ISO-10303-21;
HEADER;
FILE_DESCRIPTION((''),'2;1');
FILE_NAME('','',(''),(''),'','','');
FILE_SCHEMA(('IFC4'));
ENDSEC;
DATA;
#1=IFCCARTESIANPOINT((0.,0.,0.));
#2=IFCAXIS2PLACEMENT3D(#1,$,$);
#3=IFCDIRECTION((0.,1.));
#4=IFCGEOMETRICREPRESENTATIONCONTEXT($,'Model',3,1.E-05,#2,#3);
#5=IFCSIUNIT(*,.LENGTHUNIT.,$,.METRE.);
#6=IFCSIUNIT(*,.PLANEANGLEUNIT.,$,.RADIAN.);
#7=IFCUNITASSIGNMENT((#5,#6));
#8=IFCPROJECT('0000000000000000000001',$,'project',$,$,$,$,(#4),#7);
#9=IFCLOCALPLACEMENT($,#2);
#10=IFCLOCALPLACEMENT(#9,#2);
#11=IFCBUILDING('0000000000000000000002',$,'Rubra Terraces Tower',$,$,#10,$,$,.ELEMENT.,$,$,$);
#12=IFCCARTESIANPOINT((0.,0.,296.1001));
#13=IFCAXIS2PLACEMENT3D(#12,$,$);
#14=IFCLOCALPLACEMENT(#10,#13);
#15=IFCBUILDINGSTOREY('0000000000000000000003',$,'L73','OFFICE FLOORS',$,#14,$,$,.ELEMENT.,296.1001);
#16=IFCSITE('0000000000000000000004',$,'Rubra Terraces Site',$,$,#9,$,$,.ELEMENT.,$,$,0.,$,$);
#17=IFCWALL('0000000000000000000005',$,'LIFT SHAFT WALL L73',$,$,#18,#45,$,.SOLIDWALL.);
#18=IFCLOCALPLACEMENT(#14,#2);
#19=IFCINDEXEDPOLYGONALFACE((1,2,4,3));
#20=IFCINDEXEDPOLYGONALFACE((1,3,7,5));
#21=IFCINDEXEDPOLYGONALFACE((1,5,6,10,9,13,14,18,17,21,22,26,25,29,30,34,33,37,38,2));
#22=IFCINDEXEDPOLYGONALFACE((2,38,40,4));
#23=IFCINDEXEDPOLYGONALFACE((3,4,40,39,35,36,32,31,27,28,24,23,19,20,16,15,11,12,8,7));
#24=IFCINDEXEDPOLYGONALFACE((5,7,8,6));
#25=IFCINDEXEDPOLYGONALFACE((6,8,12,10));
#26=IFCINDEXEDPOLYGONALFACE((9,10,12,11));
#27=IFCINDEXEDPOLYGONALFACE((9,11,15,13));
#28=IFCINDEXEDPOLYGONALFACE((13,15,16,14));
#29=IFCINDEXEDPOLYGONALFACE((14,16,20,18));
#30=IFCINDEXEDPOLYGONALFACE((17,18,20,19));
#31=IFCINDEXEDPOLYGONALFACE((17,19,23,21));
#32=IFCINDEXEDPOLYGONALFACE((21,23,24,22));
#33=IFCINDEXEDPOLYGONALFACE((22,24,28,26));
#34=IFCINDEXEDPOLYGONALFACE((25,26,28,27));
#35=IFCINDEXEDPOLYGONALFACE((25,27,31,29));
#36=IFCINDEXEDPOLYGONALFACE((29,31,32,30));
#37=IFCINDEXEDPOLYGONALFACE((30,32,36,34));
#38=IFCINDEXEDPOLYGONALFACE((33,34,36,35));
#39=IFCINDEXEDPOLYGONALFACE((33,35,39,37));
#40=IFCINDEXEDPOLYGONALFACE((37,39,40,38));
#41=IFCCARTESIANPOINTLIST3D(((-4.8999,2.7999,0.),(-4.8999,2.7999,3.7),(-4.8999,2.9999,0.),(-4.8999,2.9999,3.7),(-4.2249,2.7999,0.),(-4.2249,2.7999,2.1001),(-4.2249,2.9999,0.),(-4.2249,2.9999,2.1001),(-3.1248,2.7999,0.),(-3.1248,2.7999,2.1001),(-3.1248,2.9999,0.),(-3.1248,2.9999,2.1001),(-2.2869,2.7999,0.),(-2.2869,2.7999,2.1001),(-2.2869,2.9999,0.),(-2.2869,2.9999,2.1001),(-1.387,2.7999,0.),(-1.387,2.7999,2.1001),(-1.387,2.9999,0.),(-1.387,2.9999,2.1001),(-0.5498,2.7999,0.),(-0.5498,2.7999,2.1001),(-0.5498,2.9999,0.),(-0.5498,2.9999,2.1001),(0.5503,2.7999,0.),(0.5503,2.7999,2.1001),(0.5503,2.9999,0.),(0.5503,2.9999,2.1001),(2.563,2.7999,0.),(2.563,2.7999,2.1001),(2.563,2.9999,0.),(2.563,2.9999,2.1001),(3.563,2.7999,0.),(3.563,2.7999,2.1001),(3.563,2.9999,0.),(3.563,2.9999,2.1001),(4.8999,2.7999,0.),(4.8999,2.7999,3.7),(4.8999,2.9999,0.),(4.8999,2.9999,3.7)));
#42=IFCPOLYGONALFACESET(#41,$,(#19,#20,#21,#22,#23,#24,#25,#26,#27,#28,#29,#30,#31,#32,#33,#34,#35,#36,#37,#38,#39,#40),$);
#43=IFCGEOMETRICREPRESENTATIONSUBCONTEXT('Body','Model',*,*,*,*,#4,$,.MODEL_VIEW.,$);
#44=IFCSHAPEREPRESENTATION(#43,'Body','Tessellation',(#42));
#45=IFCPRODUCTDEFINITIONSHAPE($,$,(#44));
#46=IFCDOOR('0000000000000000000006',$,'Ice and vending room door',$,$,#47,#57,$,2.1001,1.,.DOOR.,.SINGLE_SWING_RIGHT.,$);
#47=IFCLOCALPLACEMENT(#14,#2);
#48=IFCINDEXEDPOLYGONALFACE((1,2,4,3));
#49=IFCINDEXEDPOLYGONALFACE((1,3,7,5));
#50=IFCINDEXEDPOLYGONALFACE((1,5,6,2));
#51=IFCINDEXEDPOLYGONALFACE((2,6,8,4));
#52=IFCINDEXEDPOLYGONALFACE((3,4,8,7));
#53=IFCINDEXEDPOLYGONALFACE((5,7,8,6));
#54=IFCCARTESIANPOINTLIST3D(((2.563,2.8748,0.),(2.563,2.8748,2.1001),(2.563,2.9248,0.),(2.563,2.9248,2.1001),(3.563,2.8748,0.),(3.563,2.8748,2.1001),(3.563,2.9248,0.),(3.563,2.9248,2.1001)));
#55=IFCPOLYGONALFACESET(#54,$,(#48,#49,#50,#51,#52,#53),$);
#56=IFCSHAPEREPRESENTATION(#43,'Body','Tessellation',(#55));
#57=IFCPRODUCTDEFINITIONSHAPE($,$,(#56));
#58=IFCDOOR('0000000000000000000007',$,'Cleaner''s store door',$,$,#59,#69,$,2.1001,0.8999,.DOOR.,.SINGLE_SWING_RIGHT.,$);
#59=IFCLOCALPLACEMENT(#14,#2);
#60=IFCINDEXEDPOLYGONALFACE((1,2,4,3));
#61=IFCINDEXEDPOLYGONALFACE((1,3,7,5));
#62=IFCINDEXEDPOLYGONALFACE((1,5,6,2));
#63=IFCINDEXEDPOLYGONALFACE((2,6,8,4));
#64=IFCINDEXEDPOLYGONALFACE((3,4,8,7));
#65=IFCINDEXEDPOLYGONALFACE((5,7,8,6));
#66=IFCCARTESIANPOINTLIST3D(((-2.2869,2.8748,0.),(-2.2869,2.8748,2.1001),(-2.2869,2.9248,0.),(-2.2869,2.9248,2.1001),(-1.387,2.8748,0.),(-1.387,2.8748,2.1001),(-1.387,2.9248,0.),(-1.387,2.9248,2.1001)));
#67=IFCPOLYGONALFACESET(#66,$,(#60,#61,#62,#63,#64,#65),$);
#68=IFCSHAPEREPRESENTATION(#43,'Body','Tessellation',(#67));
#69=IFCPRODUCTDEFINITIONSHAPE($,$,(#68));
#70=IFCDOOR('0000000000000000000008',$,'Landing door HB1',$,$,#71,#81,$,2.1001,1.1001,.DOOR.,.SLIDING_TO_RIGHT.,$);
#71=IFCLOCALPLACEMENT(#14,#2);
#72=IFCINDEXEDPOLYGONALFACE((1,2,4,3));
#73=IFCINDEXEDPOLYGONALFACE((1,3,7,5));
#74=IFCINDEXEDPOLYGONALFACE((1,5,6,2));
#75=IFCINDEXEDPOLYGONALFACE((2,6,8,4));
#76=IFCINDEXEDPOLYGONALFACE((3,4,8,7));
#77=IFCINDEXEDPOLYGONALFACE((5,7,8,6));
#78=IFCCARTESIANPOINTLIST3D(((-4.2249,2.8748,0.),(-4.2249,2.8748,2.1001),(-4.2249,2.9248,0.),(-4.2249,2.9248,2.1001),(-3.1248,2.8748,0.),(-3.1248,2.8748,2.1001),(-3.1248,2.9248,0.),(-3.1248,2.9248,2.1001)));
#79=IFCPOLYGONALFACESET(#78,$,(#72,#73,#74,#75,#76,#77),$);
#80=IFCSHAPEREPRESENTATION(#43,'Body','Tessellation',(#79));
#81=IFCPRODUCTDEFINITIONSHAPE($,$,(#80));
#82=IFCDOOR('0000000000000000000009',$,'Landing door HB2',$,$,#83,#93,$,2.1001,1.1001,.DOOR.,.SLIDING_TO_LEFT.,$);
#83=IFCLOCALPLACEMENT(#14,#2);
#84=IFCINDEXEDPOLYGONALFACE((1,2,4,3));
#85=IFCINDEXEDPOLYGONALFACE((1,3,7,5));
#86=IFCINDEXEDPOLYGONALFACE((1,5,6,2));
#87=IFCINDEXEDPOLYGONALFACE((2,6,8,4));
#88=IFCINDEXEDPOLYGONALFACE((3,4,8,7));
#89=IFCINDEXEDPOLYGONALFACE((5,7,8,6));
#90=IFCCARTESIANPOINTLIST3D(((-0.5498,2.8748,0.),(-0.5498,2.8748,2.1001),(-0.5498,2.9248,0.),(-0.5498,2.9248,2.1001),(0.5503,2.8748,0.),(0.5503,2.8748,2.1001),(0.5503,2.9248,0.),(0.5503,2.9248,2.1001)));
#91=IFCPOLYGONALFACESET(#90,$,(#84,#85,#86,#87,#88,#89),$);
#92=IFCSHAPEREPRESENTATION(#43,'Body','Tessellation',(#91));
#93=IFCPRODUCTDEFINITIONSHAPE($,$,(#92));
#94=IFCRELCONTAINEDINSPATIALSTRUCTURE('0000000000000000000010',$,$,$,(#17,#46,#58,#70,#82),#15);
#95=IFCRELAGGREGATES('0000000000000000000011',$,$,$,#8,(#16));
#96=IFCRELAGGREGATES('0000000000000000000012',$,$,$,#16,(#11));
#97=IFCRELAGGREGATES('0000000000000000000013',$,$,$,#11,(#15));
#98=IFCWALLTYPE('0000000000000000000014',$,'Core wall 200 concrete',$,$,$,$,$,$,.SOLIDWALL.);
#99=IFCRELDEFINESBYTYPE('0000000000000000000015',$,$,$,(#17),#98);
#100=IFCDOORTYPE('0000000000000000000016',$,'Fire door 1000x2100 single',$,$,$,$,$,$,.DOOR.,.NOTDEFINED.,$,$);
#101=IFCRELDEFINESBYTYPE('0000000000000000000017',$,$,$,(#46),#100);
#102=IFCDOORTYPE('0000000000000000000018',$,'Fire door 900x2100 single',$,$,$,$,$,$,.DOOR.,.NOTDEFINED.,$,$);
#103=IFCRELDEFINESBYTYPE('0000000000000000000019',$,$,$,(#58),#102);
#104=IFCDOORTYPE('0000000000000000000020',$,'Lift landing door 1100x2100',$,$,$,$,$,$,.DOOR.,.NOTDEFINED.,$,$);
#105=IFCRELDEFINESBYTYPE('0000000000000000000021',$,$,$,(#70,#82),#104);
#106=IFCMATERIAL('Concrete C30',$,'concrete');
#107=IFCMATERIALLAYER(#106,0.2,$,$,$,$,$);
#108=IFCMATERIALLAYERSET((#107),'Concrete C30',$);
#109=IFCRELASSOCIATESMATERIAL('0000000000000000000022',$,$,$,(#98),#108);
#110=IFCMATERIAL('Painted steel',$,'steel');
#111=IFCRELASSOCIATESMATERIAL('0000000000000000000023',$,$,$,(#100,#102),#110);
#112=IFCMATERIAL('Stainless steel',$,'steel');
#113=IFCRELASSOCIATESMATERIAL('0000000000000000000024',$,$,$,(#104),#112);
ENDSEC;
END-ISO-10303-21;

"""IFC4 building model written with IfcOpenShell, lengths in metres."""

from ifc_helpers import new_model, si_unit, direction, frame, frame_2d, origin, place, context, subcontext, project, spatial, rectangle, extrude, material, layer, layer_set, type_object, element, fill, save


model = new_model("IFC4")

# Units and contexts
model_context = context("Model", 3, precision=1e-05, world=origin(), true_north=direction((0.0, 1.0)))
body_context = subcontext(model_context, "Body", "Model", "MODEL_VIEW")
ifc_project = project(units=[si_unit("LENGTHUNIT", "METRE"), si_unit("PLANEANGLEUNIT", "RADIAN")], contexts=[model_context])

# Site, building, storey
site_placement = place(None, origin())
site = spatial("IfcSite", under=ifc_project, at=site_placement, Name="Rubra Terraces Site", CompositionType="ELEMENT", RefElevation=0.0)
building_placement = place(site_placement, origin())
building = spatial("IfcBuilding", under=site, at=building_placement, Name="Rubra Terraces Tower", CompositionType="ELEMENT")
storey_placement = place(building_placement, frame((0.0, 0.0, 296.1001)))
storey = spatial("IfcBuildingStorey", under=building, at=storey_placement, Name="L73", Description="OFFICE FLOORS", CompositionType="ELEMENT", Elevation=296.1001)

# Shared definitions
ifc_material_1 = material(Name="Concrete C30", Category="concrete")
ifc_layer_1 = layer(ifc_material_1, 0.2)
ifc_layer_set_1 = layer_set([ifc_layer_1], Name="Concrete C30")
wall_type_1 = type_object("IfcWallType", Name="Core wall 200 concrete", PredefinedType="SOLIDWALL", material=ifc_layer_set_1)

# Wall, openings, doors
wall_1_placement = place(storey_placement, frame((-4.8999, 2.8999, 0.0), z_axis=(0.0, 0.0, 1.0), x_axis=(1.0, 0.0, 0.0)))
wall_1 = element("IfcWall", 1, at=wall_1_placement, inside=storey, type_object=wall_type_1, Name="LIFT SHAFT WALL L73", PredefinedType="SOLIDWALL", context=body_context, shape_type="SweptSolid", body=[
    extrude(rectangle(XDim=9.7998, YDim=0.2, at=frame_2d((4.8999, 0.0))), origin(), (0.0, 0.0, 1.0), 3.7),
])
opening_1_placement = place(wall_1_placement, frame((0.675, 0.0, 0.0)))
opening_1 = element("IfcOpeningElement", 2, at=opening_1_placement, cuts=wall_1, PredefinedType="OPENING", context=body_context, shape_type="SweptSolid", body=[
    extrude(rectangle(XDim=1.1001, YDim=2.1001, at=frame_2d((0.55, 1.05))), frame((0.0, 0.1099, 0.0), z_axis=(0.0, -1.0, 0.0), x_axis=(1.0, 0.0, 0.0)), (0.0, 0.0, 1.0), 0.22),
])
opening_2_placement = place(wall_1_placement, frame((2.613, 0.0, 0.0)))
opening_2 = element("IfcOpeningElement", 3, at=opening_2_placement, cuts=wall_1, PredefinedType="OPENING", context=body_context, shape_type="SweptSolid", body=[
    extrude(rectangle(XDim=0.8999, YDim=2.1001, at=frame_2d((0.45, 1.05))), frame((0.0, 0.1099, 0.0), z_axis=(0.0, -1.0, 0.0), x_axis=(1.0, 0.0, 0.0)), (0.0, 0.0, 1.0), 0.22),
])
opening_3_placement = place(wall_1_placement, frame((4.3501, 0.0, 0.0)))
opening_3 = element("IfcOpeningElement", 4, at=opening_3_placement, cuts=wall_1, PredefinedType="OPENING", context=body_context, shape_type="SweptSolid", body=[
    extrude(rectangle(XDim=1.1001, YDim=2.1001, at=frame_2d((0.55, 1.05))), frame((0.0, 0.1099, 0.0), z_axis=(0.0, -1.0, 0.0), x_axis=(1.0, 0.0, 0.0)), (0.0, 0.0, 1.0), 0.22),
])
opening_4_placement = place(wall_1_placement, frame((7.4629, 0.0, 0.0)))
opening_4 = element("IfcOpeningElement", 5, at=opening_4_placement, cuts=wall_1, PredefinedType="OPENING", context=body_context, shape_type="SweptSolid", body=[
    extrude(rectangle(XDim=1.0, YDim=2.1001, at=frame_2d((0.5, 1.05))), frame((0.0, 0.1099, 0.0), z_axis=(0.0, -1.0, 0.0), x_axis=(1.0, 0.0, 0.0)), (0.0, 0.0, 1.0), 0.22),
])
ifc_material_2 = material(Name="Painted steel", Category="steel")
door_type_1 = type_object("IfcDoorType", Name="Fire door 1000x2100 single", OperationType="NOTDEFINED", PredefinedType="DOOR", material=ifc_material_2)
door_1_placement = place(opening_4_placement, origin())
door_1 = element("IfcDoor", 6, at=door_1_placement, inside=storey, type_object=door_type_1, Name="Ice and vending room door", OperationType="SINGLE_SWING_RIGHT", OverallHeight=2.1001, OverallWidth=1.0, PredefinedType="DOOR", context=body_context, shape_type="SweptSolid", body=[
    extrude(rectangle(XDim=1.0, YDim=2.1001, at=frame_2d((0.5, 1.05))), frame((0.0, 0.0249, 0.0), z_axis=(0.0, -1.0, 0.0), x_axis=(1.0, 0.0, 0.0)), (0.0, 0.0, 1.0), 0.05),
])
fill(opening_4, door_1)
door_type_2 = type_object("IfcDoorType", Name="Fire door 900x2100 single", OperationType="NOTDEFINED", PredefinedType="DOOR", material=ifc_material_2)
door_2_placement = place(opening_2_placement, origin())
door_2 = element("IfcDoor", 7, at=door_2_placement, inside=storey, type_object=door_type_2, Name="Cleaner's store door", OperationType="SINGLE_SWING_RIGHT", OverallHeight=2.1001, OverallWidth=0.8999, PredefinedType="DOOR", context=body_context, shape_type="SweptSolid", body=[
    extrude(rectangle(XDim=0.8999, YDim=2.1001, at=frame_2d((0.45, 1.05))), frame((0.0, 0.0249, 0.0), z_axis=(0.0, -1.0, 0.0), x_axis=(1.0, 0.0, 0.0)), (0.0, 0.0, 1.0), 0.05),
])
fill(opening_2, door_2)
ifc_material_3 = material(Name="Stainless steel", Category="steel")
door_type_3 = type_object("IfcDoorType", Name="Lift landing door 1100x2100", OperationType="NOTDEFINED", PredefinedType="DOOR", material=ifc_material_3)
door_3_placement = place(opening_1_placement, origin())
door_3 = element("IfcDoor", 8, at=door_3_placement, inside=storey, type_object=door_type_3, Name="Landing door HB1", OperationType="SLIDING_TO_RIGHT", OverallHeight=2.1001, OverallWidth=1.1001, PredefinedType="DOOR", context=body_context, shape_type="SweptSolid", body=[
    extrude(rectangle(XDim=1.1001, YDim=2.1001, at=frame_2d((0.55, 1.05))), frame((0.0, 0.0249, 0.0), z_axis=(0.0, -1.0, 0.0), x_axis=(1.0, 0.0, 0.0)), (0.0, 0.0, 1.0), 0.05),
])
fill(opening_1, door_3)
door_4_placement = place(opening_3_placement, origin())
door_4 = element("IfcDoor", 9, at=door_4_placement, inside=storey, type_object=door_type_3, Name="Landing door HB2", OperationType="SLIDING_TO_LEFT", OverallHeight=2.1001, OverallWidth=1.1001, PredefinedType="DOOR", context=body_context, shape_type="SweptSolid", body=[
    extrude(rectangle(XDim=1.1001, YDim=2.1001, at=frame_2d((0.55, 1.05))), frame((0.0, 0.0249, 0.0), z_axis=(0.0, -1.0, 0.0), x_axis=(1.0, 0.0, 0.0)), (0.0, 0.0, 1.0), 0.05),
])
fill(opening_3, door_4)

save(model, "model.ifc")
